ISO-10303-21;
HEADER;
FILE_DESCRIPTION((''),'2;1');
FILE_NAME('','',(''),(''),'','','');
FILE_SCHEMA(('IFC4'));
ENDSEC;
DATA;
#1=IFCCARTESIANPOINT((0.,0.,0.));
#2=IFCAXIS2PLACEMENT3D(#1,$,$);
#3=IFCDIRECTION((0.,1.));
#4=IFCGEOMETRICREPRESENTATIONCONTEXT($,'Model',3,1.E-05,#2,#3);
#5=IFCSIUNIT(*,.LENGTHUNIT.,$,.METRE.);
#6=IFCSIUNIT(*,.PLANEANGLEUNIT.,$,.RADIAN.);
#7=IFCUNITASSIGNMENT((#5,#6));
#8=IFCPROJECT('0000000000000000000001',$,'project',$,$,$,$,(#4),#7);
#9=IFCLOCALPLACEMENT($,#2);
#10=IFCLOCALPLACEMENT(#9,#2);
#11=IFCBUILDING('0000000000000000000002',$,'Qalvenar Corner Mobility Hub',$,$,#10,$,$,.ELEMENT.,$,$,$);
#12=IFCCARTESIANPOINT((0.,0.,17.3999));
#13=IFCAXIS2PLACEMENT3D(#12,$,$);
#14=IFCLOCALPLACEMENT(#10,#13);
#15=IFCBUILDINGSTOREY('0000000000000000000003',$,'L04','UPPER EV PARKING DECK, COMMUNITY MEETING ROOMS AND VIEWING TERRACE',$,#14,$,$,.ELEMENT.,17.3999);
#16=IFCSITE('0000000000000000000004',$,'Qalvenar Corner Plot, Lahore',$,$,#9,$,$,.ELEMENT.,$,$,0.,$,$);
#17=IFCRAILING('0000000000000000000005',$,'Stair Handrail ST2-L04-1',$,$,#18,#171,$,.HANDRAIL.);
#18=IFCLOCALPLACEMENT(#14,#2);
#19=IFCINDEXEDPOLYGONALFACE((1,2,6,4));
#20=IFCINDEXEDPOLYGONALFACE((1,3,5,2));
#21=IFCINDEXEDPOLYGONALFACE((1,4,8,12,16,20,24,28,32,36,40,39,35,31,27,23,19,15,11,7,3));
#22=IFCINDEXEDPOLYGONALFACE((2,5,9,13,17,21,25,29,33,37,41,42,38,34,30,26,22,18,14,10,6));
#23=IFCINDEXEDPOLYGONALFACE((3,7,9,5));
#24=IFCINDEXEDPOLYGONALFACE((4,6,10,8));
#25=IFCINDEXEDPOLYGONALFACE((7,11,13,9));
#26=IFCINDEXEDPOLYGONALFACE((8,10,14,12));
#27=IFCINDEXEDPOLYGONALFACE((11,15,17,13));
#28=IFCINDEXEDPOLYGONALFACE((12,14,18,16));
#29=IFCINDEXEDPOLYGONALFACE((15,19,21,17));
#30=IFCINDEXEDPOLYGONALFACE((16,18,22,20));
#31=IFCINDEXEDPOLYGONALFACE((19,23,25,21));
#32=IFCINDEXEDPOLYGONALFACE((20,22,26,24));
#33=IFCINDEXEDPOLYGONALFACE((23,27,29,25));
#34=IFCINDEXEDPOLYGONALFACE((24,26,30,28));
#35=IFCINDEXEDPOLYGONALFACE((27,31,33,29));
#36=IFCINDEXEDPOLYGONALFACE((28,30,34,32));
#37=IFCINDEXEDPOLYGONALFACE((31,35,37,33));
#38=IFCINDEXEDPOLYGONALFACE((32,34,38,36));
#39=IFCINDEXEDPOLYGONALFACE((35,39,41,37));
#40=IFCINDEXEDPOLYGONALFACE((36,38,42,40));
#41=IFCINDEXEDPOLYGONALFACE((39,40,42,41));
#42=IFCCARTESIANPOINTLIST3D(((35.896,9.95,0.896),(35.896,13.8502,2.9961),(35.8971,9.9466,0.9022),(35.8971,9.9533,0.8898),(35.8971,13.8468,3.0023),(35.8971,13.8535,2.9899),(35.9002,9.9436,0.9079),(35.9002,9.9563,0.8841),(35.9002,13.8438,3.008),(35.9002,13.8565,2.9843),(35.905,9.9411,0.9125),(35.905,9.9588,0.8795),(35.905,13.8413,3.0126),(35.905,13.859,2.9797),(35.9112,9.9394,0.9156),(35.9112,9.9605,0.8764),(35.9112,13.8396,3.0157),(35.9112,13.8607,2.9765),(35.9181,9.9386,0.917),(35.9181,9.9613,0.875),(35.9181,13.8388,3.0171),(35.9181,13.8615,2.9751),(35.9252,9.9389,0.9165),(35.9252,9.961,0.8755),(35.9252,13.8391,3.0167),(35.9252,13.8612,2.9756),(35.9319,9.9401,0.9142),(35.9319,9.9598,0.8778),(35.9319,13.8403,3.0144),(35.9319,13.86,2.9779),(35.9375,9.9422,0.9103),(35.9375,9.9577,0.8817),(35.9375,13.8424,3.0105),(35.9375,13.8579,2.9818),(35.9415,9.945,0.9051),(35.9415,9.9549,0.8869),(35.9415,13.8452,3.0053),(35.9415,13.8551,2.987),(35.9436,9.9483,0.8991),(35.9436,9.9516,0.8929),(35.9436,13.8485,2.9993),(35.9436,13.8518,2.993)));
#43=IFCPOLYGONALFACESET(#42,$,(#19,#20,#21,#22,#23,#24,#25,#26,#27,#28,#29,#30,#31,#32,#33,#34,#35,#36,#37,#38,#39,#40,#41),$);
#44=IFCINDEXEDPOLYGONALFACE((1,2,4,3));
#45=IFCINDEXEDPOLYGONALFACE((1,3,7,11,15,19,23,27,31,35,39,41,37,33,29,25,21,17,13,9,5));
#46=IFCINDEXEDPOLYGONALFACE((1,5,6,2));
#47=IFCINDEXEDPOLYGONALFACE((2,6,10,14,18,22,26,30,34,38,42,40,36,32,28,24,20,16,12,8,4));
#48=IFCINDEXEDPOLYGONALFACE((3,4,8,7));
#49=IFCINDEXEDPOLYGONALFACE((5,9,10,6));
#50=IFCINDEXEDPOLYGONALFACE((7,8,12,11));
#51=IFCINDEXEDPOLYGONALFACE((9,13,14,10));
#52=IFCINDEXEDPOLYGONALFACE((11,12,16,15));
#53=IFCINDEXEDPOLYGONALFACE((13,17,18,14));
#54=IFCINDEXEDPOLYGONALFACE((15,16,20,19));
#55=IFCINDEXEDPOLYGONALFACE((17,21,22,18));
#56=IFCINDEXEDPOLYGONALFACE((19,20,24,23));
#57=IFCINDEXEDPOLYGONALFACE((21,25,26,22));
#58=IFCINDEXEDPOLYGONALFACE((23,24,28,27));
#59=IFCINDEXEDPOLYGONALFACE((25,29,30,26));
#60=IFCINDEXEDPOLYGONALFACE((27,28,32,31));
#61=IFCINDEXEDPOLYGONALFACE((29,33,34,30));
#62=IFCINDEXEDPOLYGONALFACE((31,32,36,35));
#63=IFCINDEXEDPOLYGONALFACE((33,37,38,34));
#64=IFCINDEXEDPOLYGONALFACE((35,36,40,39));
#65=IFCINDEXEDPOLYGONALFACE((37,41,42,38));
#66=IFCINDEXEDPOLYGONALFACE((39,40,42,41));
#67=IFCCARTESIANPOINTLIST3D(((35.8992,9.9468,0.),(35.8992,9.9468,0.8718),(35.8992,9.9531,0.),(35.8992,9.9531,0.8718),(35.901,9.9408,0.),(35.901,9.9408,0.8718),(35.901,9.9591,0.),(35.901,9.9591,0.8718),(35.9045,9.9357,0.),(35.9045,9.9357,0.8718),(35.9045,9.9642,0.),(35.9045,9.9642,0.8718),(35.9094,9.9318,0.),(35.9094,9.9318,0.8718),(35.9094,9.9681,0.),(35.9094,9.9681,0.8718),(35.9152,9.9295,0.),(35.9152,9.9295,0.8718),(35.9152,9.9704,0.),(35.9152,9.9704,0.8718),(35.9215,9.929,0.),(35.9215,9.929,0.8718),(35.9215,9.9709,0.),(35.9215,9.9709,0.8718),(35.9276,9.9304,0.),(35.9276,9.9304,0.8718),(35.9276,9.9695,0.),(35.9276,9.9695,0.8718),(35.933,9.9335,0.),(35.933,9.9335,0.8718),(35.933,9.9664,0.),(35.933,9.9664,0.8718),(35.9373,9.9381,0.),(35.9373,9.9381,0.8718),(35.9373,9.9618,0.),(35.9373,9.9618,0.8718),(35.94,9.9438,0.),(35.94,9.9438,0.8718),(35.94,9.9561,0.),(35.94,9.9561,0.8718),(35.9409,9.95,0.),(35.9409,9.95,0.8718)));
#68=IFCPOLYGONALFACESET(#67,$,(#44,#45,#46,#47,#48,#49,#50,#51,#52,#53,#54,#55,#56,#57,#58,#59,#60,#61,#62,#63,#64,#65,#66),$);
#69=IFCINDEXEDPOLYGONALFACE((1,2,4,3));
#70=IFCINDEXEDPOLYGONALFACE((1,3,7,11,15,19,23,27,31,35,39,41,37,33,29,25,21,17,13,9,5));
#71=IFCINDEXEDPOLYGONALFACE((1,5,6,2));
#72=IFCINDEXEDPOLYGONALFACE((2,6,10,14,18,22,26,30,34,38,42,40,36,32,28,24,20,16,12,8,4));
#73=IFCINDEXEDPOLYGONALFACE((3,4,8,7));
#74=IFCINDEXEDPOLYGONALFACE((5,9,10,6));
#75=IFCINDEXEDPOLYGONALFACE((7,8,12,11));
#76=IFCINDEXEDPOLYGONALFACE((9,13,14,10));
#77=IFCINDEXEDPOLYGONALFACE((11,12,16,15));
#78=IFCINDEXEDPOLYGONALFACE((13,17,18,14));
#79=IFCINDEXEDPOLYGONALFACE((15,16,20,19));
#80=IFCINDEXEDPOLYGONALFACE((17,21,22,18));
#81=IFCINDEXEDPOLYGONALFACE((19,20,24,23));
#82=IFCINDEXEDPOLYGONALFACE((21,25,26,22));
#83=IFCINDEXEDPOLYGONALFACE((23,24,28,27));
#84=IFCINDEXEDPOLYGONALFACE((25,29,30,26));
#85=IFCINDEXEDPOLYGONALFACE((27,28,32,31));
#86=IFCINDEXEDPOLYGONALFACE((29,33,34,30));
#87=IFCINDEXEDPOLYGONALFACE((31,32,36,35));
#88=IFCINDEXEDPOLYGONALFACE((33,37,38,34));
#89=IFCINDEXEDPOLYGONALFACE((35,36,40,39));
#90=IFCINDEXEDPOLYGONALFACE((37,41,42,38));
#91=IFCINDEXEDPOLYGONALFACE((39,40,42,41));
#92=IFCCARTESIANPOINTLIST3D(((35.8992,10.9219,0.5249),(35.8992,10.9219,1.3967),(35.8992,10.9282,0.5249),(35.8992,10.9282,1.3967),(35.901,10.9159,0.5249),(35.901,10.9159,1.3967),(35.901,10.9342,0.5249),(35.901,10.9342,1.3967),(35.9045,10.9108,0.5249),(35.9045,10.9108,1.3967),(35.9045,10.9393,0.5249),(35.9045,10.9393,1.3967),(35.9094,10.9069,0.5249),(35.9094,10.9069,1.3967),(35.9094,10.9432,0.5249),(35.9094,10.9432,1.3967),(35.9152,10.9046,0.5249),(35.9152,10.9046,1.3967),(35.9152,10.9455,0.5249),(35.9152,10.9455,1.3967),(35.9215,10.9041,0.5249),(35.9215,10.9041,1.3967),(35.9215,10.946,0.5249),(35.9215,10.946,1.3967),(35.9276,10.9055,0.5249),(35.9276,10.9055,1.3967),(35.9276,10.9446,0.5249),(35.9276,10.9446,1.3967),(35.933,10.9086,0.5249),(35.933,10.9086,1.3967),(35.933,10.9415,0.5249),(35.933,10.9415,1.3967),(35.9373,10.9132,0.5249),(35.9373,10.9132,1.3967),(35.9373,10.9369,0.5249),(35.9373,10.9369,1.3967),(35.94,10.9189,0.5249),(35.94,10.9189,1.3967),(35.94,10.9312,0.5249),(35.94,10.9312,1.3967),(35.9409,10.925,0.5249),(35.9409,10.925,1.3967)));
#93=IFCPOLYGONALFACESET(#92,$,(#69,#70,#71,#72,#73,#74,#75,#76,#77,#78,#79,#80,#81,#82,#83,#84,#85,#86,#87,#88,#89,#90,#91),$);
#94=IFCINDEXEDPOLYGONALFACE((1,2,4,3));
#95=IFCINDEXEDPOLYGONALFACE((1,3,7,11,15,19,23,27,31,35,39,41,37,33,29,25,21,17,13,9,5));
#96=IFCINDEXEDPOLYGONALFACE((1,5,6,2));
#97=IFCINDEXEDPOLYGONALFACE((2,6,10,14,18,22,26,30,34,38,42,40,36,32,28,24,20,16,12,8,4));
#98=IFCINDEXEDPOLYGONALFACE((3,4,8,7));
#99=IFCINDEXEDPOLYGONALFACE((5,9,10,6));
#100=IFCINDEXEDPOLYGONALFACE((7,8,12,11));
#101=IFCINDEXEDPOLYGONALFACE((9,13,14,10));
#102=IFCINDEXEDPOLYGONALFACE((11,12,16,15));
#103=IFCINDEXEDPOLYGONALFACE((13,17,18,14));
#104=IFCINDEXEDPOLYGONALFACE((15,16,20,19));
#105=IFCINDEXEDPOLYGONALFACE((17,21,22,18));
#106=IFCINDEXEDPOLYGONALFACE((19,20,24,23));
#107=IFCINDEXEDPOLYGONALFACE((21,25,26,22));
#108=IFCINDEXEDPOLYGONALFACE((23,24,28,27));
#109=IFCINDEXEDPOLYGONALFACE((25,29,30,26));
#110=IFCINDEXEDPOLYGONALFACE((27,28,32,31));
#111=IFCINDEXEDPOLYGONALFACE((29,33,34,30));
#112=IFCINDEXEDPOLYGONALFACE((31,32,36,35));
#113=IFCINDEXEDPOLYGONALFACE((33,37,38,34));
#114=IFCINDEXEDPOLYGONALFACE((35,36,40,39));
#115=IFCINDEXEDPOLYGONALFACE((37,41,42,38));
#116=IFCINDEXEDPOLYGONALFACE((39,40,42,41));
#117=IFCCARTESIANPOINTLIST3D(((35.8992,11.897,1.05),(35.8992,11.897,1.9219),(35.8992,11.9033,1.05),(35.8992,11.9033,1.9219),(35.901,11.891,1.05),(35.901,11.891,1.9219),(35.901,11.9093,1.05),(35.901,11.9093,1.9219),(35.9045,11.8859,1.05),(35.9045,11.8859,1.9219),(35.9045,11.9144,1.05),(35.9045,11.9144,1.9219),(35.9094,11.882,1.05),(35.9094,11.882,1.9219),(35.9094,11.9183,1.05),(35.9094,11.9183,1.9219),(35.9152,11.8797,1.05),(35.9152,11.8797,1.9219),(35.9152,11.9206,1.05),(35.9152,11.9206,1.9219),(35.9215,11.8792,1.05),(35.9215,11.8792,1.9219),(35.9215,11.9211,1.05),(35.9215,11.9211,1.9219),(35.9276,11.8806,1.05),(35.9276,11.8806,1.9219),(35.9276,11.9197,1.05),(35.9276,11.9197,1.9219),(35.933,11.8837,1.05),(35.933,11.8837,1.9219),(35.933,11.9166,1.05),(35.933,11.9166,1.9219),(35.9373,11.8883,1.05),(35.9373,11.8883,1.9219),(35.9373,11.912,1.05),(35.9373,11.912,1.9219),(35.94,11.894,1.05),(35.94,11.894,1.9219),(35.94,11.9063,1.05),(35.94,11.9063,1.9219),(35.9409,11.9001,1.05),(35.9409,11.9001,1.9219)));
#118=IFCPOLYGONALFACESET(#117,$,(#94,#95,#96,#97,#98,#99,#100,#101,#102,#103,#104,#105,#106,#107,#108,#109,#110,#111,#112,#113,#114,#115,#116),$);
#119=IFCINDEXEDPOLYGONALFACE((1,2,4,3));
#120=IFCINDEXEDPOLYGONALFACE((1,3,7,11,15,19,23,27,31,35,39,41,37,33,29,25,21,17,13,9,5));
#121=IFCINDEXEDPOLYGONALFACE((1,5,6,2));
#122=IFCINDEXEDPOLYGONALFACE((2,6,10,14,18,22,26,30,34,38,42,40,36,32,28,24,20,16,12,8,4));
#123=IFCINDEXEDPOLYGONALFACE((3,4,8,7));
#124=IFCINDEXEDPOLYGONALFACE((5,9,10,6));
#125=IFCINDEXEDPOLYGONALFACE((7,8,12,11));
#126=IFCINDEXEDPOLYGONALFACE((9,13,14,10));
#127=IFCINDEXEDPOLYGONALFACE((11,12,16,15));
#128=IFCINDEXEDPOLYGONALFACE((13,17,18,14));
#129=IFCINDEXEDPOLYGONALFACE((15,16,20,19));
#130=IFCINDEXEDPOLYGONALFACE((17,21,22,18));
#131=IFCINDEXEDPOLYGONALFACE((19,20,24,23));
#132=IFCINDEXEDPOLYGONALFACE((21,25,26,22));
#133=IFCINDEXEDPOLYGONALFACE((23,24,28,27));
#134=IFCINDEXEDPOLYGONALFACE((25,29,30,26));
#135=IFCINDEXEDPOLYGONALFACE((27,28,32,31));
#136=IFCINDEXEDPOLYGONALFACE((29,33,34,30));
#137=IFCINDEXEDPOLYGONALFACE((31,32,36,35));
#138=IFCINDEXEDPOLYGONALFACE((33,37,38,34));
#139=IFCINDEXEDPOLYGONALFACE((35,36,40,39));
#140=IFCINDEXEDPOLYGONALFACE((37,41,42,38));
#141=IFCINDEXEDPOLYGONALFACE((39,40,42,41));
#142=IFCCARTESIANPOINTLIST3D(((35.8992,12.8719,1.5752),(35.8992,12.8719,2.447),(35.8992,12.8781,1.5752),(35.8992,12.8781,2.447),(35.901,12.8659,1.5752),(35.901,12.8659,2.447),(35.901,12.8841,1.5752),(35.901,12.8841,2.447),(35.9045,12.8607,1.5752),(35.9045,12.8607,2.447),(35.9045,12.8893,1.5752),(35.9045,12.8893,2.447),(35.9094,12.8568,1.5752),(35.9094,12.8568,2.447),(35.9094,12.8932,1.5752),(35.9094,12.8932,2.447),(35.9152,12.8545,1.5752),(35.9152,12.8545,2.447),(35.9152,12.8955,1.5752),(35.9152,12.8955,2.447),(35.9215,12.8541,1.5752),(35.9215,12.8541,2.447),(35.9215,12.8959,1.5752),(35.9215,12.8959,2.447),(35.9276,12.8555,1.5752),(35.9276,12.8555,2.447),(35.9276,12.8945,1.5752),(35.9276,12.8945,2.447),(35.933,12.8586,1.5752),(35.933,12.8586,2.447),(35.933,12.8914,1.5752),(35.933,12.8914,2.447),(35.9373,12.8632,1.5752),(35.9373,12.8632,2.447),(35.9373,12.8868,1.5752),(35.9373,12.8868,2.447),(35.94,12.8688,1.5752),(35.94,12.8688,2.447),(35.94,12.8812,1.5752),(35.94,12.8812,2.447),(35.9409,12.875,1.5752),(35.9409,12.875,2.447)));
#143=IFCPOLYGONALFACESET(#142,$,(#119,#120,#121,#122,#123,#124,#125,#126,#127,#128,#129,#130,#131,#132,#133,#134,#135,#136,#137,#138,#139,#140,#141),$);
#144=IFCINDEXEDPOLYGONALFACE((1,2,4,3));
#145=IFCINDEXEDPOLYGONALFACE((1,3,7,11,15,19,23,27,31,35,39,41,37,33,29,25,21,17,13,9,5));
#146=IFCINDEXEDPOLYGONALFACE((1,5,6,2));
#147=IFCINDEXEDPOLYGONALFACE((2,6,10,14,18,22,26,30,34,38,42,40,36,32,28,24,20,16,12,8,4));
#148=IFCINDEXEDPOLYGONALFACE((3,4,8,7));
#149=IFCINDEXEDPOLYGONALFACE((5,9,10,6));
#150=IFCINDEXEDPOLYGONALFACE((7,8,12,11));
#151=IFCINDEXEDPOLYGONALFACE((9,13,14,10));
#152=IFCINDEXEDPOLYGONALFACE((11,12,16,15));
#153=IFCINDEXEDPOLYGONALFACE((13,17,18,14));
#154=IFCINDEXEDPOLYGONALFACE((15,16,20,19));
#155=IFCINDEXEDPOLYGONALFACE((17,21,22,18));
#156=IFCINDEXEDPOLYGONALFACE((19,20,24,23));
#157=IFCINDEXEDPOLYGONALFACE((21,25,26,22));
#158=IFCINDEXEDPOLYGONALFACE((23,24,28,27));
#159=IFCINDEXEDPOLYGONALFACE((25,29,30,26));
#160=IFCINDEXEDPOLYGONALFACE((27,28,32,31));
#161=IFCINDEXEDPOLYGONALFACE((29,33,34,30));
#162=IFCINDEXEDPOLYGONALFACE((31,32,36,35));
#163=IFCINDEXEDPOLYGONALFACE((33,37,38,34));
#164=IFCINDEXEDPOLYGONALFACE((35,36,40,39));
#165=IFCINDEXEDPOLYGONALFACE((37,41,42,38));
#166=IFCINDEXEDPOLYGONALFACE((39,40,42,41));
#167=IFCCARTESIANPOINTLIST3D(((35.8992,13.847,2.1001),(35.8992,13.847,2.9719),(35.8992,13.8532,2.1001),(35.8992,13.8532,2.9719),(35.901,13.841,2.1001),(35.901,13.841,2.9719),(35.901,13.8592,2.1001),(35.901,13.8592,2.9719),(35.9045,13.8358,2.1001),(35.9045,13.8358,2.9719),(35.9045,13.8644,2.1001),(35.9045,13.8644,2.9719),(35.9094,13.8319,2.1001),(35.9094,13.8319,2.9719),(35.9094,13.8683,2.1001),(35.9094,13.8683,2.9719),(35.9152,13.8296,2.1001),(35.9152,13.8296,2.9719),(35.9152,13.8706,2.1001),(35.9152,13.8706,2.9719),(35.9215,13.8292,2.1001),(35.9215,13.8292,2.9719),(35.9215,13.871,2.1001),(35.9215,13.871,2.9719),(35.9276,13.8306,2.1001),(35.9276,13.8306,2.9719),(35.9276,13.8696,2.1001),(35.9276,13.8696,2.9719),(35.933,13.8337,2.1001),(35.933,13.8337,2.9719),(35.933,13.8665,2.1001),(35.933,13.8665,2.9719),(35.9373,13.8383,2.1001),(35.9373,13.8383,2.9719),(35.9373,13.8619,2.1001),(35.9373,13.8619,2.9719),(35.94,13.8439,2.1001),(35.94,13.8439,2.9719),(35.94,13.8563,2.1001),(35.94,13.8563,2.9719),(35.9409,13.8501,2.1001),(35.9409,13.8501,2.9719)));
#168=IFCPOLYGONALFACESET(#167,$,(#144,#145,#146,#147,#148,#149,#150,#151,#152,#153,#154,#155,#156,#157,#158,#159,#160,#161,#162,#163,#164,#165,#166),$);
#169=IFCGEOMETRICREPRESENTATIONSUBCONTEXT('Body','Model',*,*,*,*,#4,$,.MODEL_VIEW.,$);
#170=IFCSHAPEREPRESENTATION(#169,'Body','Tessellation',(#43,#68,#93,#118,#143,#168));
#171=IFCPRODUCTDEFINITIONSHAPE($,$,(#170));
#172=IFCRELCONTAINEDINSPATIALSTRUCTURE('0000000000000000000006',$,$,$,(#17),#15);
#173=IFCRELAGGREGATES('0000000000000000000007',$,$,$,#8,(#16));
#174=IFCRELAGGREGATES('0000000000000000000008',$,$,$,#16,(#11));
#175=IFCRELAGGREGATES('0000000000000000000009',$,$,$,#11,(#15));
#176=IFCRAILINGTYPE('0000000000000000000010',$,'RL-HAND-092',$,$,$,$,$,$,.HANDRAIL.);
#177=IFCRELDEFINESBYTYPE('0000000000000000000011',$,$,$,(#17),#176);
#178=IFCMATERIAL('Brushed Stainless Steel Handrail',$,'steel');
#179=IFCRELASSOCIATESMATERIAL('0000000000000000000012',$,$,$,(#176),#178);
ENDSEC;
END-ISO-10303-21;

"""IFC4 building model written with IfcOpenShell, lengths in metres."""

from ifc_helpers import new_model, si_unit, direction, frame, origin, origin_2d, place, context, subcontext, project, spatial, circle, extrude, material, type_object, element, save


model = new_model("IFC4")

# Units and contexts
model_context = context("Model", 3, precision=1e-05, world=origin(), true_north=direction((0.0, 1.0)))
body_context = subcontext(model_context, "Body", "Model", "MODEL_VIEW")
ifc_project = project(units=[si_unit("LENGTHUNIT", "METRE"), si_unit("PLANEANGLEUNIT", "RADIAN")], contexts=[model_context])

# Site, building, storey
site_placement = place(None, origin())
site = spatial("IfcSite", under=ifc_project, at=site_placement, Name="Qalvenar Corner Plot, Lahore", CompositionType="ELEMENT", RefElevation=0.0)
building_placement = place(site_placement, origin())
building = spatial("IfcBuilding", under=site, at=building_placement, Name="Qalvenar Corner Mobility Hub", CompositionType="ELEMENT")
storey_placement = place(building_placement, frame((0.0, 0.0, 17.3999)))
storey = spatial("IfcBuildingStorey", under=building, at=storey_placement, Name="L04", Description="UPPER EV PARKING DECK, COMMUNITY MEETING ROOMS AND VIEWING TERRACE", CompositionType="ELEMENT", Elevation=17.3999)

# Railing
ifc_material_1 = material(Name="Brushed Stainless Steel Handrail", Category="steel")
railing_type_1 = type_object("IfcRailingType", Name="RL-HAND-092", PredefinedType="HANDRAIL", material=ifc_material_1)
railing_1_placement = place(storey_placement, frame((35.9199, 9.95, 0.0)))
element("IfcRailing", 1, at=railing_1_placement, inside=storey, type_object=railing_type_1, Name="Stair Handrail ST2-L04-1", PredefinedType="HANDRAIL", context=body_context, shape_type="SweptSolid", body=[
    extrude(circle(Radius=0.0239, at=origin_2d()), frame((0.0, 0.0, 0.896), z_axis=(0.0, 0.880469, 0.474103), x_axis=(-1.0, 0.0, 0.0)), (0.0, 0.0, 1.0), 4.4297),
    extrude(circle(Radius=0.021, at=origin_2d()), origin(), (0.0, 0.0, 1.0), 0.8718),
    extrude(circle(Radius=0.021, at=origin_2d()), frame((0.0, 0.9751, 0.5249)), (0.0, 0.0, 1.0), 0.8718),
    extrude(circle(Radius=0.021, at=origin_2d()), frame((0.0, 1.9502, 1.05)), (0.0, 0.0, 1.0), 0.8718),
    extrude(circle(Radius=0.021, at=origin_2d()), frame((0.0, 2.925, 1.5752)), (0.0, 0.0, 1.0), 0.8718),
    extrude(circle(Radius=0.021, at=origin_2d()), frame((0.0, 3.9001, 2.1001)), (0.0, 0.0, 1.0), 0.8718),
])

save(model, "model.ifc")
